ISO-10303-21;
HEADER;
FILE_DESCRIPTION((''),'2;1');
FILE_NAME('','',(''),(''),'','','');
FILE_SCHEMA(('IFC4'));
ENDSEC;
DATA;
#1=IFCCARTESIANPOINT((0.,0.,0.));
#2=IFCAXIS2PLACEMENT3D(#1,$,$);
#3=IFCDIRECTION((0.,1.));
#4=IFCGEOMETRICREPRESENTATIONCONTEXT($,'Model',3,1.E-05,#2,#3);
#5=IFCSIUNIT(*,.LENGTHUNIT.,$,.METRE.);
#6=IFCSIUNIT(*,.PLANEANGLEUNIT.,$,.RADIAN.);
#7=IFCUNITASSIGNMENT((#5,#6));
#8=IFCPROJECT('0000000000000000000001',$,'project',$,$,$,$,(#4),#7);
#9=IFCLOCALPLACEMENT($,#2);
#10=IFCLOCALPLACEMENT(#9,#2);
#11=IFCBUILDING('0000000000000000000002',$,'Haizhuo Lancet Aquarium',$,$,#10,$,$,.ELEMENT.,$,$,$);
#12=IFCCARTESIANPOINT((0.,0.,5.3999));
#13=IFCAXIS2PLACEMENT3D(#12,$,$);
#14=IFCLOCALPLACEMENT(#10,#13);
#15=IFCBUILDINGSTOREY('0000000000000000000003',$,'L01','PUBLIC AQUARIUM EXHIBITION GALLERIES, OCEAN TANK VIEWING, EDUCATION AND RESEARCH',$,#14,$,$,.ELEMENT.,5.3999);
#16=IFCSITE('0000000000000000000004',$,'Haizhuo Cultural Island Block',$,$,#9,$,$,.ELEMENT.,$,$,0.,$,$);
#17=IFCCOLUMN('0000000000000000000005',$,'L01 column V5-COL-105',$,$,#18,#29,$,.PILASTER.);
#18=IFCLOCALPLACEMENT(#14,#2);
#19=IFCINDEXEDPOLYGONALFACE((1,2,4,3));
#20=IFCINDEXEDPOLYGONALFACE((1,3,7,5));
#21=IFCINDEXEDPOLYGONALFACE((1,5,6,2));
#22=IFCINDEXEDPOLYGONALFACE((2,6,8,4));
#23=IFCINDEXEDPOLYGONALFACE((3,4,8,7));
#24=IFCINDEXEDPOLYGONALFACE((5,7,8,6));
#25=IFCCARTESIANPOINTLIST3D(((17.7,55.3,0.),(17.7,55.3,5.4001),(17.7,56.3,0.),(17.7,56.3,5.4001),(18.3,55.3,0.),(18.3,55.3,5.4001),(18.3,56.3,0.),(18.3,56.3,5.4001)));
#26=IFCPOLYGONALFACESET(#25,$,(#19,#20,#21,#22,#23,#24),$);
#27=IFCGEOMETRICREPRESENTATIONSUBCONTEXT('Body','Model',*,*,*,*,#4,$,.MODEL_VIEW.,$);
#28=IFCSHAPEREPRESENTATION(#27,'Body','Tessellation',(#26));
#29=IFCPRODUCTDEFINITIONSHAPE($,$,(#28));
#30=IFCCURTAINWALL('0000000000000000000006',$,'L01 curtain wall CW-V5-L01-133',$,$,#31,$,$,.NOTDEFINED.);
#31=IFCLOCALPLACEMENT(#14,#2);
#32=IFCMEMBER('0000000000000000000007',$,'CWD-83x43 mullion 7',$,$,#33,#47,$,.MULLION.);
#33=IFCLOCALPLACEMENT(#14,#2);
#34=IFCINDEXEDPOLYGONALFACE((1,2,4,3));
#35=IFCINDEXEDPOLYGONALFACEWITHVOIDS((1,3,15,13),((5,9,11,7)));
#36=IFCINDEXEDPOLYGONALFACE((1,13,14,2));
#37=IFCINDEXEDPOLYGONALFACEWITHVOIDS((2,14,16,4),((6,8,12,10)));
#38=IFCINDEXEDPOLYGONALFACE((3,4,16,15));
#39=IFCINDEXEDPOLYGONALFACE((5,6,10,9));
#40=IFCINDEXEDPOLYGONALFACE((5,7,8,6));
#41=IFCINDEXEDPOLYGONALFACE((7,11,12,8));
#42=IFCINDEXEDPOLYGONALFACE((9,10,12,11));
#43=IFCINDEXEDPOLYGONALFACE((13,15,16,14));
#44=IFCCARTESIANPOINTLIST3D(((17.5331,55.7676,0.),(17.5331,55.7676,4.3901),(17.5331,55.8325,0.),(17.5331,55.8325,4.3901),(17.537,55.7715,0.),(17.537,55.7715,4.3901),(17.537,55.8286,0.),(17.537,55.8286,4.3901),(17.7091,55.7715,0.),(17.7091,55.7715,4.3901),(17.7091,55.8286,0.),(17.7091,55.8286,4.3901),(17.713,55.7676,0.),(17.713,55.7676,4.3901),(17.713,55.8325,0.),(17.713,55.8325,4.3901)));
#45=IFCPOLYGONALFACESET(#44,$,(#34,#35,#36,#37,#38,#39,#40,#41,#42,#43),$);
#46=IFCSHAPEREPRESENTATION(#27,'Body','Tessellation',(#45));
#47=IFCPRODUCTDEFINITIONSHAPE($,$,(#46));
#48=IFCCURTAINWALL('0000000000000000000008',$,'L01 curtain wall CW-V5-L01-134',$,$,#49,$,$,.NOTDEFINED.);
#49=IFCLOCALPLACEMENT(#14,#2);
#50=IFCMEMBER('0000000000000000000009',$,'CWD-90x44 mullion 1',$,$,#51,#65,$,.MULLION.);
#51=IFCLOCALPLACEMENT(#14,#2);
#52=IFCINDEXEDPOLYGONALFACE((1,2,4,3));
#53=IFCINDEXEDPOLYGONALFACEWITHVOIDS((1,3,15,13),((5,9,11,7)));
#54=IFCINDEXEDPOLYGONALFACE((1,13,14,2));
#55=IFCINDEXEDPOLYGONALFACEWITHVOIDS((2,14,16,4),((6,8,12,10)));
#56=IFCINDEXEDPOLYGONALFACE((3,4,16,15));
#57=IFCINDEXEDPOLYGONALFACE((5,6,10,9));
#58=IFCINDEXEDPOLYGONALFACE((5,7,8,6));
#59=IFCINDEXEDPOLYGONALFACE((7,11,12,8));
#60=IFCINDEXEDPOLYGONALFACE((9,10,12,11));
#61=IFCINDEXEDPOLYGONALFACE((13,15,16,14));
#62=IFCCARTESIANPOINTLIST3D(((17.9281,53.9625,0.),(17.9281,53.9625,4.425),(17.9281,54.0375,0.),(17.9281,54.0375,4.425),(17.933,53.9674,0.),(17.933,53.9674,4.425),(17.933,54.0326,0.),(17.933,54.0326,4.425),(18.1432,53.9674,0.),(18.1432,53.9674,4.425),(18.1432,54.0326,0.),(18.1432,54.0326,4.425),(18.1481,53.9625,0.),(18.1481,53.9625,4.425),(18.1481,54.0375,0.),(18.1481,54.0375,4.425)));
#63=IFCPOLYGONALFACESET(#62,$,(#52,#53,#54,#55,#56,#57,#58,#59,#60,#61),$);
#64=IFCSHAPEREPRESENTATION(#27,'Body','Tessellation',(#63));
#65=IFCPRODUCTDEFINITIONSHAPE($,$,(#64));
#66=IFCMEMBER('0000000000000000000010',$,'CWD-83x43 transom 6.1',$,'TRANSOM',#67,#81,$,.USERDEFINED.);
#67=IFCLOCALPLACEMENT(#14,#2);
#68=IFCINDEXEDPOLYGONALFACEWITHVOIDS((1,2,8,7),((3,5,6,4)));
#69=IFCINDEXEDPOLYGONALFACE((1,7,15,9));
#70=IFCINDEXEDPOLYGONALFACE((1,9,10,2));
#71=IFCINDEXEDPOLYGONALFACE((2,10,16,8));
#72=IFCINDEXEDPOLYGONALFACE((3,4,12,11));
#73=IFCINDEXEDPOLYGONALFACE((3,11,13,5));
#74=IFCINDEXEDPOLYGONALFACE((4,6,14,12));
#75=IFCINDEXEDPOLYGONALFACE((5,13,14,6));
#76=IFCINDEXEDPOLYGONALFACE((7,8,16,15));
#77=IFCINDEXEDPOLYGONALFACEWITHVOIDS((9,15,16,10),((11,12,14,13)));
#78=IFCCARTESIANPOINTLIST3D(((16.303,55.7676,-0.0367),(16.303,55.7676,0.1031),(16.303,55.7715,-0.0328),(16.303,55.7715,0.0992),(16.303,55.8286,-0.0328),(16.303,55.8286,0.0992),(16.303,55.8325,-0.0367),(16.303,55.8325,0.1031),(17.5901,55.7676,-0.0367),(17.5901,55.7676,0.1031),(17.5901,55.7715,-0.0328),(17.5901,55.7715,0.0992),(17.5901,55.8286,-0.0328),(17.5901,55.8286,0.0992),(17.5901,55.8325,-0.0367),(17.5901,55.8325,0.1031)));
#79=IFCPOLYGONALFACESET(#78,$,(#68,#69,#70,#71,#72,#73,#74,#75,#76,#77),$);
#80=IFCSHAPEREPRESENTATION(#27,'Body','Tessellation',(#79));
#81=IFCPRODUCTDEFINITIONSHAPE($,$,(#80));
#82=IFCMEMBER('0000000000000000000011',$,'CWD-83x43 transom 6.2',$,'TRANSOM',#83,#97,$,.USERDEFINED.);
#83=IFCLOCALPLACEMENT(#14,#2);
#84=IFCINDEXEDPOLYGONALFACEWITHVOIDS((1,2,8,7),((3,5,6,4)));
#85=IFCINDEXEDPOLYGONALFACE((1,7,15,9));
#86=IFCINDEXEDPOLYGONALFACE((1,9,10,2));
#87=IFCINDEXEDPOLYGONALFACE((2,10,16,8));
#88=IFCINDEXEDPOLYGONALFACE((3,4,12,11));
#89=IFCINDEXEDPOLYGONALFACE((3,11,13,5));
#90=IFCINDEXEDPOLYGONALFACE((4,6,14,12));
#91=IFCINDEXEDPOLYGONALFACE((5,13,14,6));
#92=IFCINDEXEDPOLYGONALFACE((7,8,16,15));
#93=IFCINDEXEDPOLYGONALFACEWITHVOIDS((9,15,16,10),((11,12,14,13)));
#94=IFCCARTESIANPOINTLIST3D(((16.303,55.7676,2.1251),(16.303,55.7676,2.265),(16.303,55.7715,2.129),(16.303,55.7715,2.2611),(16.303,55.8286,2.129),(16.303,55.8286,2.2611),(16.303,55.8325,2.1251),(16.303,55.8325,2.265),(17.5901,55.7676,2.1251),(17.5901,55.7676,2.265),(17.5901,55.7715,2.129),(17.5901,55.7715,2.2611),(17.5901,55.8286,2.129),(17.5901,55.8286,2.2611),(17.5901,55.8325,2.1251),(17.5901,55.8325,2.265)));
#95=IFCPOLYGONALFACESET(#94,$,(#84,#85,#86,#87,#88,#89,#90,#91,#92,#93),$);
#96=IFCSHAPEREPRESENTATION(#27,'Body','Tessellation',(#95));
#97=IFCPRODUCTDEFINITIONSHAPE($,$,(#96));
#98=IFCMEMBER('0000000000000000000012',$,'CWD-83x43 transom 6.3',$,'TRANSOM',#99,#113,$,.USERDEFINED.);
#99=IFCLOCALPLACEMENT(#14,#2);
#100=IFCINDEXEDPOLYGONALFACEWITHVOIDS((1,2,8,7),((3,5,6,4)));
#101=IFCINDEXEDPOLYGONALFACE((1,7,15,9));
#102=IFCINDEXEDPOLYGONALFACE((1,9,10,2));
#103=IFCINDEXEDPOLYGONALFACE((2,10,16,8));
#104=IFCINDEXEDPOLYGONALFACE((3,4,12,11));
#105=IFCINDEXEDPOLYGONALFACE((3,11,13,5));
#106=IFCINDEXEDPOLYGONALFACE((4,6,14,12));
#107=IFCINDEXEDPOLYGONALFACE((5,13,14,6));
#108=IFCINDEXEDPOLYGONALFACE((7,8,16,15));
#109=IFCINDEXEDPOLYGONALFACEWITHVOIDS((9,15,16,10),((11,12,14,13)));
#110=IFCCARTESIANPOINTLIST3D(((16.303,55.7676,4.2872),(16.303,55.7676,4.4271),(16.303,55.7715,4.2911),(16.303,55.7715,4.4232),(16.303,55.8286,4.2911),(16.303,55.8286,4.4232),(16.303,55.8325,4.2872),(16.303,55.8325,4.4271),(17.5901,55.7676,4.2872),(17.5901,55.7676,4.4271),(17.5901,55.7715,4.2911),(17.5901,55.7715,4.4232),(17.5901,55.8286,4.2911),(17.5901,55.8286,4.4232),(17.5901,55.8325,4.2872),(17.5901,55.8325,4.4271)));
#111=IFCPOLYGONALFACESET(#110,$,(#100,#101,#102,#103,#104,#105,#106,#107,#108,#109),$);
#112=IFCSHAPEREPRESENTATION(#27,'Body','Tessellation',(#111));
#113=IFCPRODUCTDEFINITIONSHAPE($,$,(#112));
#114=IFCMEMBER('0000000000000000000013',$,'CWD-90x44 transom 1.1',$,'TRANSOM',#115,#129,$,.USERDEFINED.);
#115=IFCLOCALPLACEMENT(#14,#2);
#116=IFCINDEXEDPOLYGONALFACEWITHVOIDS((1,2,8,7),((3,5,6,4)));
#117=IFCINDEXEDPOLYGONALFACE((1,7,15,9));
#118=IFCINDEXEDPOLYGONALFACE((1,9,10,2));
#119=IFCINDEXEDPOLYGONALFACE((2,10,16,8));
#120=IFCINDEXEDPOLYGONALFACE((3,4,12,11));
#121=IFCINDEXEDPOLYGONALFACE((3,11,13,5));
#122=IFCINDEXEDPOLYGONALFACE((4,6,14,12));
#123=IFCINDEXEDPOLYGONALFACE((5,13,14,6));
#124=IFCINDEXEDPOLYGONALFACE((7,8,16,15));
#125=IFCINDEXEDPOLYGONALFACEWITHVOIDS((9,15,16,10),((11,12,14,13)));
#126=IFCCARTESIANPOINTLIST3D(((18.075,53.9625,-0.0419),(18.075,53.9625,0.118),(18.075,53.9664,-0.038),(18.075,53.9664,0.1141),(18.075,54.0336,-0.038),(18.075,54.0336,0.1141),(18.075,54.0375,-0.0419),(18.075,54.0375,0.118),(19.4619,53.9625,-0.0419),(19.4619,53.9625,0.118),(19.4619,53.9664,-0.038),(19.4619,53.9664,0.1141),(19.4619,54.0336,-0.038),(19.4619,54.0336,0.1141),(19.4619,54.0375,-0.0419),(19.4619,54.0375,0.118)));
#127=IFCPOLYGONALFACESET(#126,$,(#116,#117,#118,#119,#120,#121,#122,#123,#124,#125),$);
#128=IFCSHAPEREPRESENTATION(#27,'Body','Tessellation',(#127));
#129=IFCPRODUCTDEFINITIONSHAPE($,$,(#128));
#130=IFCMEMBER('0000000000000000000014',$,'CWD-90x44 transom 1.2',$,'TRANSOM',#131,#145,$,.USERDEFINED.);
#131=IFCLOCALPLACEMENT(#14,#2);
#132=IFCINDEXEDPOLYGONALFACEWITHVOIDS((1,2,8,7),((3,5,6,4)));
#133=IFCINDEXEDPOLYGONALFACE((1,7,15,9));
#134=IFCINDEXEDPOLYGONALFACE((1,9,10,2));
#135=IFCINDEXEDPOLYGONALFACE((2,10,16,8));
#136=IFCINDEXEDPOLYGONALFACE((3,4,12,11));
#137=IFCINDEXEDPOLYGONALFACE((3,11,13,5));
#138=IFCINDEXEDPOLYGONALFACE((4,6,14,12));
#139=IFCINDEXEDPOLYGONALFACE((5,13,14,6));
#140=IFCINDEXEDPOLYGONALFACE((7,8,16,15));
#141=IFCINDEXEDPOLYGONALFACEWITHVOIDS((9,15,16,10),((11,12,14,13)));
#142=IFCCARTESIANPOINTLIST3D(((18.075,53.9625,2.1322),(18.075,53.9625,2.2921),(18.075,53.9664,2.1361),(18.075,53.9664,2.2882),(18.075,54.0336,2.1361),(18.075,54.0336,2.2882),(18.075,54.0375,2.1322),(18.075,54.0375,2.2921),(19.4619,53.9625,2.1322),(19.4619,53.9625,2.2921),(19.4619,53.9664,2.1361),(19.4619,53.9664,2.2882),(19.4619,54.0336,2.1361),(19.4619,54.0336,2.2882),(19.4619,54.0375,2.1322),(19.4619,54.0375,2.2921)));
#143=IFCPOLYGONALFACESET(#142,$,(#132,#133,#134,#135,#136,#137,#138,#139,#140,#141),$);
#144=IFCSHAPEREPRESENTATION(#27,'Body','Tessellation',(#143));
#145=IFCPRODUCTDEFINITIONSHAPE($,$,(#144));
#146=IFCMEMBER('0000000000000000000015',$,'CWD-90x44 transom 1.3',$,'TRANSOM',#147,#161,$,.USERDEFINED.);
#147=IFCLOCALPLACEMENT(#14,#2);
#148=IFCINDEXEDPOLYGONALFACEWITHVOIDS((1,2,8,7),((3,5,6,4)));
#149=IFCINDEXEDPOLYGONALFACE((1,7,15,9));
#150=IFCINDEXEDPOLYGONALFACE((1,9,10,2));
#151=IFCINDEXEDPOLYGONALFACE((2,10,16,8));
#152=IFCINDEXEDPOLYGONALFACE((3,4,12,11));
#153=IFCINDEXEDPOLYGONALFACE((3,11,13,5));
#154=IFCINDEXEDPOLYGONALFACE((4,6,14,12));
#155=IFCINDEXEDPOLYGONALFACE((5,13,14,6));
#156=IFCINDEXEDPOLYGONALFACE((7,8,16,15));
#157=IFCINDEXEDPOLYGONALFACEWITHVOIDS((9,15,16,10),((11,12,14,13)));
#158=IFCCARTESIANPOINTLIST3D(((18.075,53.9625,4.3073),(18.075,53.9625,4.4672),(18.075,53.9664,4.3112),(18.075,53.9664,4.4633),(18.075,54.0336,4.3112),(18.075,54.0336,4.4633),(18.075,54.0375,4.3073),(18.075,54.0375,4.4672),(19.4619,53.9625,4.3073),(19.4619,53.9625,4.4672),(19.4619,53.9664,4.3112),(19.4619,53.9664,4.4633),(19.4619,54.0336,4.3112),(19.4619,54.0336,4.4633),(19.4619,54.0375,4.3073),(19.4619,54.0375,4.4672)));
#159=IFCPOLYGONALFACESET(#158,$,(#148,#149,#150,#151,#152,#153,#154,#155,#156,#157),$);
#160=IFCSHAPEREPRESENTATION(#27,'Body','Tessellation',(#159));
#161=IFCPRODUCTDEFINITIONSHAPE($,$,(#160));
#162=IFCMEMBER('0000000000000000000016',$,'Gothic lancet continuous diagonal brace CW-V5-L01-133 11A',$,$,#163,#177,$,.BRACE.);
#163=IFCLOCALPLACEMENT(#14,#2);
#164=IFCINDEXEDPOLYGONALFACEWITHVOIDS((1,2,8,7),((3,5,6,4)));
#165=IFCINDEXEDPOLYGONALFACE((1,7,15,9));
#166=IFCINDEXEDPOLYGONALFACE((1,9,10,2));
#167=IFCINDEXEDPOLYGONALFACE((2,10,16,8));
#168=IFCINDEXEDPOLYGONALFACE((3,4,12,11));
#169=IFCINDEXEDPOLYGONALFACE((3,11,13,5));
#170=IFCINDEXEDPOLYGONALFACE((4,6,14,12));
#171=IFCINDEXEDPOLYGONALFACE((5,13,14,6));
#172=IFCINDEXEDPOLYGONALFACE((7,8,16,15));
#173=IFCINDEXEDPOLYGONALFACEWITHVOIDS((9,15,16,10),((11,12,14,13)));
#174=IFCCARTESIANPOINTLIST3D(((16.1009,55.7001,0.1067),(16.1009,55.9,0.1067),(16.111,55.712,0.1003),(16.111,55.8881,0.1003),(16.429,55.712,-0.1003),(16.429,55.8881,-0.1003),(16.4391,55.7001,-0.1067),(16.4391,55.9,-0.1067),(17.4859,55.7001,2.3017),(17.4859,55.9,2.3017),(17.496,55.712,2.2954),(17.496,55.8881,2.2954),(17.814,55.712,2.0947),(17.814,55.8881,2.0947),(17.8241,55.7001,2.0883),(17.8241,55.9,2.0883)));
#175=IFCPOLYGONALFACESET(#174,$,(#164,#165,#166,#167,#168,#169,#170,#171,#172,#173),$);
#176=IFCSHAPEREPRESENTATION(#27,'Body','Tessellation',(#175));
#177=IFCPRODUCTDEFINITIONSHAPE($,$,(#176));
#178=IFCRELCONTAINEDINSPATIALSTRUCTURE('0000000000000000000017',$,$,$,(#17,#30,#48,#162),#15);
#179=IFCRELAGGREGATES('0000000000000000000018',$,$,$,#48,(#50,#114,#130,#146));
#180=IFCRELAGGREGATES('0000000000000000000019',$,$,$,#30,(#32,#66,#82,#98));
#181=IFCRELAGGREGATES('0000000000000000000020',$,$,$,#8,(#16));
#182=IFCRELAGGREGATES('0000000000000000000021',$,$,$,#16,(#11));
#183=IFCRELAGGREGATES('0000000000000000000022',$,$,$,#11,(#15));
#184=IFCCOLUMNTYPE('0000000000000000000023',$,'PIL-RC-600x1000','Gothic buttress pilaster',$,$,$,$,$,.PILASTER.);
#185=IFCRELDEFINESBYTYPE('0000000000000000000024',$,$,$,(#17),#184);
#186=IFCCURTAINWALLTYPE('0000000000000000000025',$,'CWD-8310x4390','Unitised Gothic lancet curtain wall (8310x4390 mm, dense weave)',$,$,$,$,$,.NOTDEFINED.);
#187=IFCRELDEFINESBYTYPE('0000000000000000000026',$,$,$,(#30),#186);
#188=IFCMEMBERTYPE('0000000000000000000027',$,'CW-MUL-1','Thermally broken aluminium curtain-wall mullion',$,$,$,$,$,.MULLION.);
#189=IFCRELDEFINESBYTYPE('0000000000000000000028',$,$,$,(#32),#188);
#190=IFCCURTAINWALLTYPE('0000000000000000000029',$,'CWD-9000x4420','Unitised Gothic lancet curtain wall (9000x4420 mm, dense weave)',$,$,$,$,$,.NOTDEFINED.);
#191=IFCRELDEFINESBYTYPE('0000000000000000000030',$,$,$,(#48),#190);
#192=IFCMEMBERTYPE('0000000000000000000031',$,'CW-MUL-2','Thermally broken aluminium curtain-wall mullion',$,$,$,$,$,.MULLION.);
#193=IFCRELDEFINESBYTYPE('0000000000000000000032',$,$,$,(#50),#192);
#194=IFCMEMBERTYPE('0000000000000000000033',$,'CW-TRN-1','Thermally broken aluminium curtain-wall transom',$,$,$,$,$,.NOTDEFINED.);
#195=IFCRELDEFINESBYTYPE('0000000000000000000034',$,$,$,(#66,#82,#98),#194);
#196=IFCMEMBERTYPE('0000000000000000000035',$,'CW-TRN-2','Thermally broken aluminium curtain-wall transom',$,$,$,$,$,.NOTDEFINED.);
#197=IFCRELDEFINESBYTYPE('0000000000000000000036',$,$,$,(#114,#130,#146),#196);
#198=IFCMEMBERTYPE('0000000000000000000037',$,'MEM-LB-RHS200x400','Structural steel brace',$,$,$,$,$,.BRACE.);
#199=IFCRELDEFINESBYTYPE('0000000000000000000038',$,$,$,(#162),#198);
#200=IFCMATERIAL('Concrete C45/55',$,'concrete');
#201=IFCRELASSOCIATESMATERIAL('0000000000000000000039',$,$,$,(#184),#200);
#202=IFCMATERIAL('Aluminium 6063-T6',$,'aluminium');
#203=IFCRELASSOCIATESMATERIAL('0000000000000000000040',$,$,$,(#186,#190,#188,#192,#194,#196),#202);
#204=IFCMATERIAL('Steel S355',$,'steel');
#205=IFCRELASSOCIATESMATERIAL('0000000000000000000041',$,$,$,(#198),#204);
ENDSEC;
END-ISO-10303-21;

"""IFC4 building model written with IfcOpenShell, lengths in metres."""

from ifc_helpers import new_model, si_unit, direction, frame, origin, origin_2d, place, context, subcontext, project, spatial, rectangle, hollow_rectangle, extrude, material, material_profile, profile_set, type_object, element, aggregate, save


model = new_model("IFC4")

# Units and contexts
model_context = context("Model", 3, precision=1e-05, world=origin(), true_north=direction((0.0, 1.0)))
body_context = subcontext(model_context, "Body", "Model", "MODEL_VIEW")
ifc_project = project(units=[si_unit("LENGTHUNIT", "METRE"), si_unit("PLANEANGLEUNIT", "RADIAN")], contexts=[model_context])

# Site, building, storey
site_placement = place(None, origin())
site = spatial("IfcSite", under=ifc_project, at=site_placement, Name="Haizhuo Cultural Island Block", CompositionType="ELEMENT", RefElevation=0.0)
building_placement = place(site_placement, origin())
building = spatial("IfcBuilding", under=site, at=building_placement, Name="Haizhuo Lancet Aquarium", CompositionType="ELEMENT")
storey_placement = place(building_placement, frame((0.0, 0.0, 5.3999)))
storey = spatial("IfcBuildingStorey", under=building, at=storey_placement, Name="L01", Description="PUBLIC AQUARIUM EXHIBITION GALLERIES, OCEAN TANK VIEWING, EDUCATION AND RESEARCH", CompositionType="ELEMENT", Elevation=5.3999)

# Column
ifc_material_1 = material(Name="Concrete C45/55", Category="concrete")
ifc_material_profile_1 = material_profile(ifc_material_1, rectangle(XDim=0.6001, YDim=1.0, at=origin_2d()), Name="RC-PIL 600x1000")
ifc_profile_set_1 = profile_set([ifc_material_profile_1], Name="Concrete C45/55")
column_type = type_object("IfcColumnType", Name="PIL-RC-600x1000", Description="Gothic buttress pilaster", PredefinedType="PILASTER", material=ifc_profile_set_1)
column_placement = place(storey_placement, frame((18.0, 55.8, 0.0), z_axis=(0.0, 0.0, 1.0), x_axis=(1.0, 0.0, 0.0)))
element("IfcColumn", 1, at=column_placement, inside=storey, type_object=column_type, Name="L01 column V5-COL-105", PredefinedType="PILASTER", context=body_context, shape_type="SweptSolid", body=[
    extrude(rectangle(XDim=0.6001, YDim=1.0, at=origin_2d()), origin(), (0.0, 0.0, 1.0), 5.4001),
])

# Curtain walls, members
ifc_material_2 = material(Name="Aluminium 6063-T6", Category="aluminium")
curtain_wall_type_1 = type_object("IfcCurtainWallType", Name="CWD-8310x4390", Description="Unitised Gothic lancet curtain wall (8310x4390 mm, dense weave)", PredefinedType="NOTDEFINED", material=ifc_material_2)
curtain_wall_1_placement = place(storey_placement, origin())
curtain_wall_1 = element("IfcCurtainWall", 2, at=curtain_wall_1_placement, inside=storey, type_object=curtain_wall_type_1, Name="L01 curtain wall CW-V5-L01-133", PredefinedType="NOTDEFINED")
ifc_material_profile_2 = material_profile(ifc_material_2, hollow_rectangle(XDim=0.0649, YDim=0.1799, WallThickness=0.0039, at=origin_2d()), Name="ALU-M 65x180x4")
ifc_profile_set_2 = profile_set([ifc_material_profile_2], Name="Aluminium 6063-T6")
member_type_1 = type_object("IfcMemberType", Name="CW-MUL-1", Description="Thermally broken aluminium curtain-wall mullion", PredefinedType="MULLION", material=ifc_profile_set_2)
member_1_placement = place(storey_placement, frame((17.623, 55.8, 0.0), z_axis=(0.0, 0.0, 1.0), x_axis=(0.0, 1.0, 0.0)))
member_1 = element("IfcMember", 3, at=member_1_placement, type_object=member_type_1, Name="CWD-83x43 mullion 7", PredefinedType="MULLION", context=body_context, shape_type="SweptSolid", body=[
    extrude(hollow_rectangle(XDim=0.0649, YDim=0.1799, WallThickness=0.0039, at=origin_2d()), origin(), (0.0, 0.0, 1.0), 4.3901),
])
curtain_wall_type_2 = type_object("IfcCurtainWallType", Name="CWD-9000x4420", Description="Unitised Gothic lancet curtain wall (9000x4420 mm, dense weave)", PredefinedType="NOTDEFINED", material=ifc_material_2)
curtain_wall_2_placement = place(storey_placement, origin())
curtain_wall_2 = element("IfcCurtainWall", 4, at=curtain_wall_2_placement, inside=storey, type_object=curtain_wall_type_2, Name="L01 curtain wall CW-V5-L01-134", PredefinedType="NOTDEFINED")
ifc_material_profile_3 = material_profile(ifc_material_2, hollow_rectangle(XDim=0.075, YDim=0.22, WallThickness=0.0049, at=origin_2d()), Name="ALU-M 75x220x5")
ifc_profile_set_3 = profile_set([ifc_material_profile_3], Name="Aluminium 6063-T6")
member_type_2 = type_object("IfcMemberType", Name="CW-MUL-2", Description="Thermally broken aluminium curtain-wall mullion", PredefinedType="MULLION", material=ifc_profile_set_3)
member_2_placement = place(storey_placement, frame((18.0381, 54.0, 0.0), z_axis=(0.0, 0.0, 1.0), x_axis=(0.0, 1.0, 0.0)))
member_2 = element("IfcMember", 5, at=member_2_placement, type_object=member_type_2, Name="CWD-90x44 mullion 1", PredefinedType="MULLION", context=body_context, shape_type="SweptSolid", body=[
    extrude(hollow_rectangle(XDim=0.075, YDim=0.22, WallThickness=0.0049, at=origin_2d()), origin(), (0.0, 0.0, 1.0), 4.425),
])

# Members
ifc_material_profile_4 = material_profile(ifc_material_2, hollow_rectangle(XDim=0.0649, YDim=0.1399, WallThickness=0.0039, at=origin_2d()), Name="ALU-T 65x140x4")
ifc_profile_set_4 = profile_set([ifc_material_profile_4], Name="Aluminium 6063-T6")
member_type_3 = type_object("IfcMemberType", Name="CW-TRN-1", Description="Thermally broken aluminium curtain-wall transom", PredefinedType="NOTDEFINED", material=ifc_profile_set_4)
member_3_placement = place(storey_placement, frame((16.303, 55.8, 0.0332), z_axis=(1.0, 0.0, 0.0), x_axis=(0.0, 1.0, 0.0)))
member_3 = element("IfcMember", 6, at=member_3_placement, type_object=member_type_3, Name="CWD-83x43 transom 6.1", ObjectType="TRANSOM", PredefinedType="USERDEFINED", context=body_context, shape_type="SweptSolid", body=[
    extrude(hollow_rectangle(XDim=0.0649, YDim=0.1399, WallThickness=0.0039, at=origin_2d()), origin(), (0.0, 0.0, 1.0), 1.2871),
])
member_4_placement = place(storey_placement, frame((16.303, 55.8, 2.1951), z_axis=(1.0, 0.0, 0.0), x_axis=(0.0, 1.0, 0.0)))
member_4 = element("IfcMember", 7, at=member_4_placement, type_object=member_type_3, Name="CWD-83x43 transom 6.2", ObjectType="TRANSOM", PredefinedType="USERDEFINED", context=body_context, shape_type="SweptSolid", body=[
    extrude(hollow_rectangle(XDim=0.0649, YDim=0.1399, WallThickness=0.0039, at=origin_2d()), origin(), (0.0, 0.0, 1.0), 1.2871),
])
member_5_placement = place(storey_placement, frame((16.303, 55.8, 4.3572), z_axis=(1.0, 0.0, 0.0), x_axis=(0.0, 1.0, 0.0)))
member_5 = element("IfcMember", 8, at=member_5_placement, type_object=member_type_3, Name="CWD-83x43 transom 6.3", ObjectType="TRANSOM", PredefinedType="USERDEFINED", context=body_context, shape_type="SweptSolid", body=[
    extrude(hollow_rectangle(XDim=0.0649, YDim=0.1399, WallThickness=0.0039, at=origin_2d()), origin(), (0.0, 0.0, 1.0), 1.2871),
])
ifc_material_profile_5 = material_profile(ifc_material_2, hollow_rectangle(XDim=0.075, YDim=0.1599, WallThickness=0.0039, at=origin_2d()), Name="ALU-T 75x160x4")
ifc_profile_set_5 = profile_set([ifc_material_profile_5], Name="Aluminium 6063-T6")
member_type_4 = type_object("IfcMemberType", Name="CW-TRN-2", Description="Thermally broken aluminium curtain-wall transom", PredefinedType="NOTDEFINED", material=ifc_profile_set_5)
member_6_placement = place(storey_placement, frame((18.075, 54.0, 0.0381), z_axis=(1.0, 0.0, 0.0), x_axis=(0.0, 1.0, 0.0)))
member_6 = element("IfcMember", 9, at=member_6_placement, type_object=member_type_4, Name="CWD-90x44 transom 1.1", ObjectType="TRANSOM", PredefinedType="USERDEFINED", context=body_context, shape_type="SweptSolid", body=[
    extrude(hollow_rectangle(XDim=0.075, YDim=0.1599, WallThickness=0.0039, at=origin_2d()), origin(), (0.0, 0.0, 1.0), 1.387),
])
member_7_placement = place(storey_placement, frame((18.075, 54.0, 2.2122), z_axis=(1.0, 0.0, 0.0), x_axis=(0.0, 1.0, 0.0)))
member_7 = element("IfcMember", 10, at=member_7_placement, type_object=member_type_4, Name="CWD-90x44 transom 1.2", ObjectType="TRANSOM", PredefinedType="USERDEFINED", context=body_context, shape_type="SweptSolid", body=[
    extrude(hollow_rectangle(XDim=0.075, YDim=0.1599, WallThickness=0.0039, at=origin_2d()), origin(), (0.0, 0.0, 1.0), 1.387),
])
member_8_placement = place(storey_placement, frame((18.075, 54.0, 4.3872), z_axis=(1.0, 0.0, 0.0), x_axis=(0.0, 1.0, 0.0)))
member_8 = element("IfcMember", 11, at=member_8_placement, type_object=member_type_4, Name="CWD-90x44 transom 1.3", ObjectType="TRANSOM", PredefinedType="USERDEFINED", context=body_context, shape_type="SweptSolid", body=[
    extrude(hollow_rectangle(XDim=0.075, YDim=0.1599, WallThickness=0.0039, at=origin_2d()), origin(), (0.0, 0.0, 1.0), 1.387),
])
aggregate(curtain_wall_2, [member_2, member_6, member_7, member_8])

# Member
ifc_material_3 = material(Name="Steel S355", Category="steel")
ifc_material_profile_6 = material_profile(ifc_material_3, hollow_rectangle(XDim=0.2, YDim=0.3999, WallThickness=0.012, at=origin_2d()), Name="RHS 200x400x12")
ifc_profile_set_6 = profile_set([ifc_material_profile_6], Name="Steel S355")
member_type_5 = type_object("IfcMemberType", Name="MEM-LB-RHS200x400", Description="Structural steel brace", PredefinedType="BRACE", material=ifc_profile_set_6)
member_9_placement = place(storey_placement, frame((16.27, 55.8, 0.0), z_axis=(0.533621, 0.0, 0.845724), x_axis=(0.0, 1.0, 0.0)))
element("IfcMember", 12, at=member_9_placement, inside=storey, type_object=member_type_5, Name="Gothic lancet continuous diagonal brace CW-V5-L01-133 11A", PredefinedType="BRACE", context=body_context, shape_type="SweptSolid", body=[
    extrude(hollow_rectangle(XDim=0.2, YDim=0.3999, WallThickness=0.012, at=origin_2d()), origin(), (0.0, 0.0, 1.0), 2.5955),
])

aggregate(curtain_wall_1, [member_1, member_3, member_4, member_5])

save(model, "model.ifc")
